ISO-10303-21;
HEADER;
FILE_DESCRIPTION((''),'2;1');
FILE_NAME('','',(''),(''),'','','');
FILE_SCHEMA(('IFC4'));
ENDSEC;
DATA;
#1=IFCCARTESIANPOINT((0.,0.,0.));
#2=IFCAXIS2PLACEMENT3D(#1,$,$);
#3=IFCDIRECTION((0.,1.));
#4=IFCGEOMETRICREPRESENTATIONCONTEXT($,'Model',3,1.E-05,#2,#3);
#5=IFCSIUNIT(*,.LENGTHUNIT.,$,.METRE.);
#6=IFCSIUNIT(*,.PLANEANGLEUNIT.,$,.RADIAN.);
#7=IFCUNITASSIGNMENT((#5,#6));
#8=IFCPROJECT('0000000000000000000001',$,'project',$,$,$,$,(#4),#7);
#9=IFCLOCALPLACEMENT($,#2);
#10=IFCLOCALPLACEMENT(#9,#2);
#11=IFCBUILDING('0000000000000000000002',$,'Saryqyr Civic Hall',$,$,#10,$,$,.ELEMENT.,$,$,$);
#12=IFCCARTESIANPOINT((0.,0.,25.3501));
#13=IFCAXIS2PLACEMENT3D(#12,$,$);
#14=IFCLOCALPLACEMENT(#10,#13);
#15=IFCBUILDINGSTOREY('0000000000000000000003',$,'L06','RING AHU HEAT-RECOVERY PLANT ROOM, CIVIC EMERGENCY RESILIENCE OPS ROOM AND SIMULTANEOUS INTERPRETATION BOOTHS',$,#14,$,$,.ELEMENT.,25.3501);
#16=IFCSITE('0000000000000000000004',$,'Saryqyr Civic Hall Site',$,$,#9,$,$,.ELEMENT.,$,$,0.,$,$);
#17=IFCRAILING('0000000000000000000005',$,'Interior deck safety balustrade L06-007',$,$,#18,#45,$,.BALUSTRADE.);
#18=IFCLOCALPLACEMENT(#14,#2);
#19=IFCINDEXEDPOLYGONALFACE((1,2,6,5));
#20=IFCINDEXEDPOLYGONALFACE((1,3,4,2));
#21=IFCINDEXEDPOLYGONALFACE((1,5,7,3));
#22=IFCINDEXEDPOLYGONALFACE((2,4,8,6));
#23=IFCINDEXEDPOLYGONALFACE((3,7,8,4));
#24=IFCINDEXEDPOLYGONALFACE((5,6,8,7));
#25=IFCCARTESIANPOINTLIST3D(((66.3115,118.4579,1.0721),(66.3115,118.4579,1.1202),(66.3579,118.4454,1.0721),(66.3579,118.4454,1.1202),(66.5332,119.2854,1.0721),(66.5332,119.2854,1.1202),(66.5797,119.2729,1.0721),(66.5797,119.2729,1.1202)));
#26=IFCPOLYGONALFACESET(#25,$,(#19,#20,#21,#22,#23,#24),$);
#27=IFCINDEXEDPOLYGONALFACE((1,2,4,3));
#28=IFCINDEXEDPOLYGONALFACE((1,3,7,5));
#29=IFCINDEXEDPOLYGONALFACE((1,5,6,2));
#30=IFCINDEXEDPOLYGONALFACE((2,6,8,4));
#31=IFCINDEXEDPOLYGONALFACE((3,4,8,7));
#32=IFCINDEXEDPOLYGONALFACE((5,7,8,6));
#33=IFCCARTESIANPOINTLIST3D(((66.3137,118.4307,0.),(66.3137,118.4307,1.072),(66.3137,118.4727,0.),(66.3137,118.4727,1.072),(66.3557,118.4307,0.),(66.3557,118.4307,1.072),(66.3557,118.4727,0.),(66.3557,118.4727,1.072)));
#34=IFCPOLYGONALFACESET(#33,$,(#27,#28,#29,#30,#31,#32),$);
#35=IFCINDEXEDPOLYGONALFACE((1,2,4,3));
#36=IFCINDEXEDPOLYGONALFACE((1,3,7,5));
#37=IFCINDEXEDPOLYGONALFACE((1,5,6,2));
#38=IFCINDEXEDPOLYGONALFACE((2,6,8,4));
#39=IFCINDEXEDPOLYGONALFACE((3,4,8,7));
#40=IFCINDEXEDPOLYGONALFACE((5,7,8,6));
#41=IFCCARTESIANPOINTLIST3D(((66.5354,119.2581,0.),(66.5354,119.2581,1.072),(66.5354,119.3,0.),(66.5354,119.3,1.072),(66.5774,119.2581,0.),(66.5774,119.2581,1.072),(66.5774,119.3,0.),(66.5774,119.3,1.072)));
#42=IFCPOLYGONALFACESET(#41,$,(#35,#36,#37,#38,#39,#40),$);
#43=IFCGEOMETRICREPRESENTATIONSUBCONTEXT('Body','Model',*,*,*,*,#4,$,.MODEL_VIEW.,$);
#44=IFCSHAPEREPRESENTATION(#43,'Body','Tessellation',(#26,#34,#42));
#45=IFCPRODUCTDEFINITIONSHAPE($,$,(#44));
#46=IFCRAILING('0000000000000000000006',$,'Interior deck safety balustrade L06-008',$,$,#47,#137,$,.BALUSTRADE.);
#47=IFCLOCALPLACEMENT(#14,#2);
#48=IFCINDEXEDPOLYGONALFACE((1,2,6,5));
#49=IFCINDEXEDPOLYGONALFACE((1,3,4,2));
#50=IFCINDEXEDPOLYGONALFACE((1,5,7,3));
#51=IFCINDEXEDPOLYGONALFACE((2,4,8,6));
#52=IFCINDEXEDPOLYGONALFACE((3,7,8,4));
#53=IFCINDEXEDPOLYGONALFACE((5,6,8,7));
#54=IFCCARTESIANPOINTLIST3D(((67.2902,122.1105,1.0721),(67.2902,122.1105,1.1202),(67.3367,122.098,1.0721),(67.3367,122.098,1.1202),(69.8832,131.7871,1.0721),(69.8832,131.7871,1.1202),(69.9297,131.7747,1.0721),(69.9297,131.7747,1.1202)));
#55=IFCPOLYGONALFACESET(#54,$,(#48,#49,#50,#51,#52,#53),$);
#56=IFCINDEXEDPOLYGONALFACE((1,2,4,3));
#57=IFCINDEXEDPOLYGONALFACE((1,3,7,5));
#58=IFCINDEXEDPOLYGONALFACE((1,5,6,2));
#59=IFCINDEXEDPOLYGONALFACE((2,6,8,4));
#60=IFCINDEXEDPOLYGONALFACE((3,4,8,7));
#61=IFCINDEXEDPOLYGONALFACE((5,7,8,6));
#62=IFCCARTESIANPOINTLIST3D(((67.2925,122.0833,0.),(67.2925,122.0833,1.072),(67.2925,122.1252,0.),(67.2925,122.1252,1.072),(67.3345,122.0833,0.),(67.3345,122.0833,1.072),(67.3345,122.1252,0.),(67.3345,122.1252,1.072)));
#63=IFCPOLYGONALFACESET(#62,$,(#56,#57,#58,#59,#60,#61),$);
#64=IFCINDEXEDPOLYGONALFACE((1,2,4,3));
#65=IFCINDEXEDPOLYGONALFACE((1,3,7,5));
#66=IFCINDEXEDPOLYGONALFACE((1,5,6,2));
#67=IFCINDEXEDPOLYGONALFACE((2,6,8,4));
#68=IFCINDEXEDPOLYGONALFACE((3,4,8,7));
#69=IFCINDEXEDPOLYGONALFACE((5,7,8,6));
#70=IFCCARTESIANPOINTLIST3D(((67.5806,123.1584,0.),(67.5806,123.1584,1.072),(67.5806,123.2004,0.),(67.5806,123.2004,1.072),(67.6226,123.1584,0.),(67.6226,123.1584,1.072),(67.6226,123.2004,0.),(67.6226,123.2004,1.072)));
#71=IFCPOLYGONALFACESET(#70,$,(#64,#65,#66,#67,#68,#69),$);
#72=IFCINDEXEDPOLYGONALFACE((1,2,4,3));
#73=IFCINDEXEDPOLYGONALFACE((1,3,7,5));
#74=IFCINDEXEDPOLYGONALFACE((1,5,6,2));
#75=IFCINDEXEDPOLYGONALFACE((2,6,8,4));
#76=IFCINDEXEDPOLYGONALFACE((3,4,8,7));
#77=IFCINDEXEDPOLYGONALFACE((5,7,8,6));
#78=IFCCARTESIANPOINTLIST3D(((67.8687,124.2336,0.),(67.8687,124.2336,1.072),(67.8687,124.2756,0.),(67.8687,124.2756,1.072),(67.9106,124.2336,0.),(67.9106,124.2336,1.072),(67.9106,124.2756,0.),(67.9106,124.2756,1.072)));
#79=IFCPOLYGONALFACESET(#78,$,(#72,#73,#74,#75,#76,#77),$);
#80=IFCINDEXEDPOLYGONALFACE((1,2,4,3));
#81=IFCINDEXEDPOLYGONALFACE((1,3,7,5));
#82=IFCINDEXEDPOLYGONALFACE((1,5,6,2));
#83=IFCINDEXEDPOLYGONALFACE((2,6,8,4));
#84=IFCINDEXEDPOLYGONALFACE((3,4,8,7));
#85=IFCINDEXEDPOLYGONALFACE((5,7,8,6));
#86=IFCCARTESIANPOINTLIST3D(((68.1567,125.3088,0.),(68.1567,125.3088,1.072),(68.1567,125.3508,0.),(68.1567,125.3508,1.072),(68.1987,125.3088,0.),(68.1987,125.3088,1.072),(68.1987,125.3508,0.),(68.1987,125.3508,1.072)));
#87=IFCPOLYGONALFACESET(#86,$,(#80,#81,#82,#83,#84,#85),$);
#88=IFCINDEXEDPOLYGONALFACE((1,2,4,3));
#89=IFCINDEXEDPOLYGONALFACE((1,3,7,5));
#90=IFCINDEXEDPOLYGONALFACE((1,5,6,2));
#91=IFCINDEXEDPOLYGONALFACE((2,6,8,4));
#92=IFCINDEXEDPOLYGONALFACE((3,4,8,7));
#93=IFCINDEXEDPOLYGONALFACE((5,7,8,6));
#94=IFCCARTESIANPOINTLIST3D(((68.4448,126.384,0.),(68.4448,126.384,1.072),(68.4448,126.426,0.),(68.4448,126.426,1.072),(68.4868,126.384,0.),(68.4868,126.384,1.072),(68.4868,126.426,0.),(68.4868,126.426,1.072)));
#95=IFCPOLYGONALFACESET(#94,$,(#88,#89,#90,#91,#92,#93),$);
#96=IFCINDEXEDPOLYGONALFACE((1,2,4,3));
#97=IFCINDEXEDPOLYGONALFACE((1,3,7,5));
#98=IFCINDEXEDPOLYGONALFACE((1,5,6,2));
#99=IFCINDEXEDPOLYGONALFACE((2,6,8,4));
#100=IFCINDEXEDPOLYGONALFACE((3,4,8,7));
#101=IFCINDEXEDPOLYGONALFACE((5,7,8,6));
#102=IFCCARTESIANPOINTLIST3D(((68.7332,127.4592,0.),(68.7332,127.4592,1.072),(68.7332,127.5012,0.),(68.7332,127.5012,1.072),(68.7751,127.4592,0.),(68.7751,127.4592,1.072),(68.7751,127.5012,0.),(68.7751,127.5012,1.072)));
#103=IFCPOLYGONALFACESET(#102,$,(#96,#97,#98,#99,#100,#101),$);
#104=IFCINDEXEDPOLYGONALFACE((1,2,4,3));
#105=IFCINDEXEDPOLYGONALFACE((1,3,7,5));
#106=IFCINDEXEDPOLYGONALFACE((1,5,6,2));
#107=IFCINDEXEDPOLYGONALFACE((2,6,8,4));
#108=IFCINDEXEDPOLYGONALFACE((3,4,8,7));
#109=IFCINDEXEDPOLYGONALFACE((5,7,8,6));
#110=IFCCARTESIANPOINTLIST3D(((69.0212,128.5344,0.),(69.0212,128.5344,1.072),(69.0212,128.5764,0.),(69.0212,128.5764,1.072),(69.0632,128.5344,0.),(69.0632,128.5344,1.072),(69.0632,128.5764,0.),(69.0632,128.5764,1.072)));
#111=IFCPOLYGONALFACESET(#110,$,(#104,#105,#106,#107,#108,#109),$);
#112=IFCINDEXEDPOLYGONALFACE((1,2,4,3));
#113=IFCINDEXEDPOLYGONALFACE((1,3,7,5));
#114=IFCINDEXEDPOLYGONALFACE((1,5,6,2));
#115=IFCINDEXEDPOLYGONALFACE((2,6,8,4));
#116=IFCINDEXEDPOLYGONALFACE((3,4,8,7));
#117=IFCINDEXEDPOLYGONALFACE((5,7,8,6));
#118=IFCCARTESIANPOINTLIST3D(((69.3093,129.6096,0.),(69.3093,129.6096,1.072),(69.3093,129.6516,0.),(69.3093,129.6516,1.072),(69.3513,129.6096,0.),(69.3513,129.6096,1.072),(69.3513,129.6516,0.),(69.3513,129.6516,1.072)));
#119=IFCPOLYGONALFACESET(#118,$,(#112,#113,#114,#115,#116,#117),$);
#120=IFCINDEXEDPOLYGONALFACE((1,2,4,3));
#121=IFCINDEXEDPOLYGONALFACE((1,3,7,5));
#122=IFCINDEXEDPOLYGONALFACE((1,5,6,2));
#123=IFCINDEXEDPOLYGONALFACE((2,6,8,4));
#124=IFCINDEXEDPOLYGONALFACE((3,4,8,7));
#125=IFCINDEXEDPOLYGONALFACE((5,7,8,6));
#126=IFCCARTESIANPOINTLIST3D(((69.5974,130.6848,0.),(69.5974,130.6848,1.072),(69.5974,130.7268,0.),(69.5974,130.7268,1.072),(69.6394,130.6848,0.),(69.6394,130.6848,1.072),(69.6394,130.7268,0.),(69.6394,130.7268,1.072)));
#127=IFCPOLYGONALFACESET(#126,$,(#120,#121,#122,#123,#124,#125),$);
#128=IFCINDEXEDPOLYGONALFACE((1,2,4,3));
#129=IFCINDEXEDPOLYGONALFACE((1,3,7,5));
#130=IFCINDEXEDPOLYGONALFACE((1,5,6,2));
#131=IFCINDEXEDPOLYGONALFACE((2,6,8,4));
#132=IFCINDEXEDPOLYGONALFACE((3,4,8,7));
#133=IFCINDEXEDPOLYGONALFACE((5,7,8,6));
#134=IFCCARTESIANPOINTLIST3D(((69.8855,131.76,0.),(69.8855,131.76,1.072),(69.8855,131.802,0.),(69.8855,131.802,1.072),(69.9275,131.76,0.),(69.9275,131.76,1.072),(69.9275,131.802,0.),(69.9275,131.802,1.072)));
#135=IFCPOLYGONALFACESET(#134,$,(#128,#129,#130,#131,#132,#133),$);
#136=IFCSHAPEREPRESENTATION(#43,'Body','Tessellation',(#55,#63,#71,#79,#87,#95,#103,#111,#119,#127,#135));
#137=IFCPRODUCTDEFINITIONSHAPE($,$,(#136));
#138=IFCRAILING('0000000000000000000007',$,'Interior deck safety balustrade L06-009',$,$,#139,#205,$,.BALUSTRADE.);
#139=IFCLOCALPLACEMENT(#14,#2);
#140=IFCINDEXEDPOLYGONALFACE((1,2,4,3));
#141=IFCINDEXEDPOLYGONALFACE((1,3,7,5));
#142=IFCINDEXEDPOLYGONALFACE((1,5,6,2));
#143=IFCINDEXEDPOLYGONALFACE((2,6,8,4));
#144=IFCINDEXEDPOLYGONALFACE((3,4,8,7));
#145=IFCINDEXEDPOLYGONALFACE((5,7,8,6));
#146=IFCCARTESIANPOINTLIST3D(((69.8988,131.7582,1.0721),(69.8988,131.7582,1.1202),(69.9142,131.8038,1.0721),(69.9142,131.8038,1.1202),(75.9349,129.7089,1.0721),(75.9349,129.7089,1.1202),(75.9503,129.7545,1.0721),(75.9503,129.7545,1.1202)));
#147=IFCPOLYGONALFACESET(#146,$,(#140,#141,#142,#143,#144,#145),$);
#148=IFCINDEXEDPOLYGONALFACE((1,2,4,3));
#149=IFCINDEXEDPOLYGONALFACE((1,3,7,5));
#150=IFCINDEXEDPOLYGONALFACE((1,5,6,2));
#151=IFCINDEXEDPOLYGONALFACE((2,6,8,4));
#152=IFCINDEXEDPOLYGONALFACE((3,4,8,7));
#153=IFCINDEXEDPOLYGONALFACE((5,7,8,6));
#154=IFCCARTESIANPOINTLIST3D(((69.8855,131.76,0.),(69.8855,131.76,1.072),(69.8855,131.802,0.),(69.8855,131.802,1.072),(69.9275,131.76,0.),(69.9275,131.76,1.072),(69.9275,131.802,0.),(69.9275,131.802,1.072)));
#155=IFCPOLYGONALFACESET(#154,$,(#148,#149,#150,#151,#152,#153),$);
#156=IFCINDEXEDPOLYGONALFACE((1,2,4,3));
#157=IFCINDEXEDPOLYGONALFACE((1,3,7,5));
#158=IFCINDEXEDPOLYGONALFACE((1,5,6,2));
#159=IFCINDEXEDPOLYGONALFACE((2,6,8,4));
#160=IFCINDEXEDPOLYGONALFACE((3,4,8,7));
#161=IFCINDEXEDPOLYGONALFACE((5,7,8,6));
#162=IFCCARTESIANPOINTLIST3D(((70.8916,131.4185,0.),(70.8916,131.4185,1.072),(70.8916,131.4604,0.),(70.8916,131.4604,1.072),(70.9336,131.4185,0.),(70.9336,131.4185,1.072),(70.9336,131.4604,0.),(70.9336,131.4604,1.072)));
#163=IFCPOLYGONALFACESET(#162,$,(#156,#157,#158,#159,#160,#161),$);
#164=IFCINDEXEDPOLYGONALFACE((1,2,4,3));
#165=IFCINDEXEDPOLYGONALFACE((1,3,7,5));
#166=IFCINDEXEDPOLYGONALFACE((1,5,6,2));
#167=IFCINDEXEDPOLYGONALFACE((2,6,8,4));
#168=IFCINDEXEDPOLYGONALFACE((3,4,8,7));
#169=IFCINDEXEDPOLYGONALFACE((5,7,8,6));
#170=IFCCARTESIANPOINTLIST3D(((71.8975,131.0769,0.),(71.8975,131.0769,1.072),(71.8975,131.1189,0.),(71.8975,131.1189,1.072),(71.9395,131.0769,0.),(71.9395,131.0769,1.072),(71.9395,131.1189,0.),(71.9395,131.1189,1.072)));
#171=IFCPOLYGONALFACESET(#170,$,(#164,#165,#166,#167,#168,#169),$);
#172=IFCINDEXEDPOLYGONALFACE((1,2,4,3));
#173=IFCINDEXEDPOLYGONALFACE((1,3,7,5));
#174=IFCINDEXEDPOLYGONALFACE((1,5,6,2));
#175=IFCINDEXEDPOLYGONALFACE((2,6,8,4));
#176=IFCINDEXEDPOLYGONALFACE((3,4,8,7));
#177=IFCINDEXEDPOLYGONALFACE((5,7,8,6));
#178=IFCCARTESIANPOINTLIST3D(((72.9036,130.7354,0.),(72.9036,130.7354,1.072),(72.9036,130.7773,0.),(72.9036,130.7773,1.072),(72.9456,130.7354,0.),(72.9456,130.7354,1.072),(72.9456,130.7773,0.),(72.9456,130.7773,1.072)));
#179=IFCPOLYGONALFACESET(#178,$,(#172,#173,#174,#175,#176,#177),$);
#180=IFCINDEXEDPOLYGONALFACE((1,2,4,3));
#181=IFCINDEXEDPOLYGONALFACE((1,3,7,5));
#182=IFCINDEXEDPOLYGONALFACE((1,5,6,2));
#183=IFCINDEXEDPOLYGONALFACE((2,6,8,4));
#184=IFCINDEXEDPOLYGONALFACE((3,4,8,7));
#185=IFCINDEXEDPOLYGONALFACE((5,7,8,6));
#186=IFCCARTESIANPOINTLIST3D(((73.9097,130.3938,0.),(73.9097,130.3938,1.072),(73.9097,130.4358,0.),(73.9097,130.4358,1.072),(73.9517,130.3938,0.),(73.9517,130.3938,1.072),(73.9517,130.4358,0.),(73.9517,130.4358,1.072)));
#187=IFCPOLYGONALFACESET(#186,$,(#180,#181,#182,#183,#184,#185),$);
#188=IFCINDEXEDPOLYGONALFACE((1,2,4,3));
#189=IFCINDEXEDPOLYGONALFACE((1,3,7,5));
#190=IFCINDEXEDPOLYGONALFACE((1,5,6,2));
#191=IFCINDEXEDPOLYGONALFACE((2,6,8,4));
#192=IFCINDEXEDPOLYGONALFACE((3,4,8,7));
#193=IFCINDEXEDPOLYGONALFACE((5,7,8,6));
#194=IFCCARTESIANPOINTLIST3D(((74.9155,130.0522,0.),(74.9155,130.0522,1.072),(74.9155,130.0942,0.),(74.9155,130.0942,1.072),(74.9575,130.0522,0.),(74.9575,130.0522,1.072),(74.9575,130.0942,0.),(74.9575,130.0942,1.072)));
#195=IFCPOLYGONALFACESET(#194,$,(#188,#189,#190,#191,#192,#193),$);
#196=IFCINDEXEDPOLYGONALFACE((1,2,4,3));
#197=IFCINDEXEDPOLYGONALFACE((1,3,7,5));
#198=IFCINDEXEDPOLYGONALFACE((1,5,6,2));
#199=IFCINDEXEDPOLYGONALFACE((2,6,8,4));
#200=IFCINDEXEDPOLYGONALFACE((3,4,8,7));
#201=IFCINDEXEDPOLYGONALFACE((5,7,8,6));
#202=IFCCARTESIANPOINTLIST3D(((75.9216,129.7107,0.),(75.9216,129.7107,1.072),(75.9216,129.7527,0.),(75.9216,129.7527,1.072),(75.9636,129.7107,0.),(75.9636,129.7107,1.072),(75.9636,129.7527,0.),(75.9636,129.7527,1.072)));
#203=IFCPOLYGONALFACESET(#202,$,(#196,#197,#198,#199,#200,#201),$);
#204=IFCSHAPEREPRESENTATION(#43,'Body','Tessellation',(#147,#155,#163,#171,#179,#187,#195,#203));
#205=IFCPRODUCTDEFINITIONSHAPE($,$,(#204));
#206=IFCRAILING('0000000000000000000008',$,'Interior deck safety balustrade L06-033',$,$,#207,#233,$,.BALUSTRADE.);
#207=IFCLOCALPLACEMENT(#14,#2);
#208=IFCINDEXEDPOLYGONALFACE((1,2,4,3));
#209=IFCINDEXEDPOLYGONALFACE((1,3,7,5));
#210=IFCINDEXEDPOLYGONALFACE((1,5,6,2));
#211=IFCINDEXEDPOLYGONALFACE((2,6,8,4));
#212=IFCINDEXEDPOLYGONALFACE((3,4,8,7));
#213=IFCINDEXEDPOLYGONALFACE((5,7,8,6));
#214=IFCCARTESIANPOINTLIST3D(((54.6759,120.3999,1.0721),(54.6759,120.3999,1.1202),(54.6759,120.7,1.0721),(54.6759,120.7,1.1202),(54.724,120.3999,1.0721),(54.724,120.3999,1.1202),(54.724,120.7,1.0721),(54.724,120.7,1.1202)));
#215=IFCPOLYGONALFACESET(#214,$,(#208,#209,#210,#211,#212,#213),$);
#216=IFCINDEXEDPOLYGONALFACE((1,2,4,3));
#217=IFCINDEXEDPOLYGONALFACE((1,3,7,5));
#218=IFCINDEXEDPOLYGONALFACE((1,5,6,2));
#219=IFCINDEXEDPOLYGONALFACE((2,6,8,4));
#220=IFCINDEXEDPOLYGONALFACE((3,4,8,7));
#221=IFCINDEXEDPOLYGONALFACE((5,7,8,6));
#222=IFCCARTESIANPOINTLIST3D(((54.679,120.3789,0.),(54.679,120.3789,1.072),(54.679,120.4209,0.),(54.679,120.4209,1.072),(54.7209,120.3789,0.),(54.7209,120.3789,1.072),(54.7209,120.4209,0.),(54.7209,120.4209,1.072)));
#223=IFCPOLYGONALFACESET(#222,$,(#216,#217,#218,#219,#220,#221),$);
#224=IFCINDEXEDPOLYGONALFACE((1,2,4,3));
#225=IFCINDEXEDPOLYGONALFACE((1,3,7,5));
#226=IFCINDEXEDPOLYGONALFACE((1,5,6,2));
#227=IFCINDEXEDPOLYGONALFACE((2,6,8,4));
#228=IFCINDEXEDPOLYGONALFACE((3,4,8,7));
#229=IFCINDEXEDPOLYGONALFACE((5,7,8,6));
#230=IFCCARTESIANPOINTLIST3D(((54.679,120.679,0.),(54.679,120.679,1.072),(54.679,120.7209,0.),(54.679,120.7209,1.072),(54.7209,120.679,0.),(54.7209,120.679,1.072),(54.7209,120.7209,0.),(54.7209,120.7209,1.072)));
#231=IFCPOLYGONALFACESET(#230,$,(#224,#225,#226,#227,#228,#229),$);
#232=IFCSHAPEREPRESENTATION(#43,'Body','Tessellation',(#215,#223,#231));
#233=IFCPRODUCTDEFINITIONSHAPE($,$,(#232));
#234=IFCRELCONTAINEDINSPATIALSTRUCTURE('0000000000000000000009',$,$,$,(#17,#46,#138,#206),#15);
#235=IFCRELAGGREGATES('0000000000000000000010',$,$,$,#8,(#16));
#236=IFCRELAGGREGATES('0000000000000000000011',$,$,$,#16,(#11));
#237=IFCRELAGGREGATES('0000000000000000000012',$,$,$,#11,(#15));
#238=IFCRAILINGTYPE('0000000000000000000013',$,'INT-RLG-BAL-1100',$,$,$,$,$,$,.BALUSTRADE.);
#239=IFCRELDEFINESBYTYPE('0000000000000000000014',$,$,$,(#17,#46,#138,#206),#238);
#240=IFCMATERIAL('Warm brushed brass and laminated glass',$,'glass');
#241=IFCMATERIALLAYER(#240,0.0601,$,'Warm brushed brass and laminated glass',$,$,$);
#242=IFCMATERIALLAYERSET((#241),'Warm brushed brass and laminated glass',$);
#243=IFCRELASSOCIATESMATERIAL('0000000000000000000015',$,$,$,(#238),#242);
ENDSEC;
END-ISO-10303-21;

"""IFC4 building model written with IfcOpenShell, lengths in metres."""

from ifc_helpers import new_model, si_unit, direction, frame, origin, origin_2d, place, context, subcontext, project, spatial, rectangle, extrude, material, layer, layer_set, type_object, element, save


model = new_model("IFC4")

# Units and contexts
model_context = context("Model", 3, precision=1e-05, world=origin(), true_north=direction((0.0, 1.0)))
body_context = subcontext(model_context, "Body", "Model", "MODEL_VIEW")
ifc_project = project(units=[si_unit("LENGTHUNIT", "METRE"), si_unit("PLANEANGLEUNIT", "RADIAN")], contexts=[model_context])

# Site, building, storey
site_placement = place(None, origin())
site = spatial("IfcSite", under=ifc_project, at=site_placement, Name="Saryqyr Civic Hall Site", CompositionType="ELEMENT", RefElevation=0.0)
building_placement = place(site_placement, origin())
building = spatial("IfcBuilding", under=site, at=building_placement, Name="Saryqyr Civic Hall", CompositionType="ELEMENT")
storey_placement = place(building_placement, frame((0.0, 0.0, 25.3501)))
storey = spatial("IfcBuildingStorey", under=building, at=storey_placement, Name="L06", Description="RING AHU HEAT-RECOVERY PLANT ROOM, CIVIC EMERGENCY RESILIENCE OPS ROOM AND SIMULTANEOUS INTERPRETATION BOOTHS", CompositionType="ELEMENT", Elevation=25.3501)

# Railings
ifc_material_1 = material(Name="Warm brushed brass and laminated glass", Category="glass")
ifc_layer_1 = layer(ifc_material_1, 0.0601, Name="Warm brushed brass and laminated glass")
ifc_layer_set_1 = layer_set([ifc_layer_1], Name="Warm brushed brass and laminated glass")
railing_type = type_object("IfcRailingType", Name="INT-RLG-BAL-1100", PredefinedType="BALUSTRADE", material=ifc_layer_set_1)
railing_1_placement = place(storey_placement, frame((66.3347, 118.4517, 0.0)))
element("IfcRailing", 1, at=railing_1_placement, inside=storey, type_object=railing_type, Name="Interior deck safety balustrade L06-007", PredefinedType="BALUSTRADE", context=body_context, shape_type="SweptSolid", body=[
    extrude(rectangle(XDim=0.0481, YDim=0.0481, at=origin_2d()), frame((0.0, 0.0, 1.0962), z_axis=(0.258798, 0.965932, 0.0), x_axis=(-0.965932, 0.258798, 0.0)), (0.0, 0.0, 1.0), 0.8567),
    extrude(rectangle(XDim=0.042, YDim=0.042, at=origin_2d()), origin(), (0.0, 0.0, 1.0), 1.072),
    extrude(rectangle(XDim=0.042, YDim=0.042, at=origin_2d()), frame((0.2217, 0.8274, 0.0)), (0.0, 0.0, 1.0), 1.072),
])
railing_2_placement = place(storey_placement, frame((67.3135, 122.1042, 0.0)))
element("IfcRailing", 2, at=railing_2_placement, inside=storey, type_object=railing_type, Name="Interior deck safety balustrade L06-008", PredefinedType="BALUSTRADE", context=body_context, shape_type="SweptSolid", body=[
    extrude(rectangle(XDim=0.0481, YDim=0.0481, at=origin_2d()), frame((0.0, 0.0, 1.0962), z_axis=(0.258832, 0.965922, 0.0), x_axis=(-0.965922, 0.258832, 0.0)), (0.0, 0.0, 1.0), 10.0181),
    extrude(rectangle(XDim=0.042, YDim=0.042, at=origin_2d()), origin(), (0.0, 0.0, 1.0), 1.072),
    extrude(rectangle(XDim=0.042, YDim=0.042, at=origin_2d()), frame((0.2881, 1.0752, 0.0)), (0.0, 0.0, 1.0), 1.072),
    extrude(rectangle(XDim=0.042, YDim=0.042, at=origin_2d()), frame((0.5762, 2.1504, 0.0)), (0.0, 0.0, 1.0), 1.072),
    extrude(rectangle(XDim=0.042, YDim=0.042, at=origin_2d()), frame((0.8643, 3.2256, 0.0)), (0.0, 0.0, 1.0), 1.072),
    extrude(rectangle(XDim=0.042, YDim=0.042, at=origin_2d()), frame((1.1523, 4.3008, 0.0)), (0.0, 0.0, 1.0), 1.072),
    extrude(rectangle(XDim=0.042, YDim=0.042, at=origin_2d()), frame((1.4407, 5.376, 0.0)), (0.0, 0.0, 1.0), 1.072),
    extrude(rectangle(XDim=0.042, YDim=0.042, at=origin_2d()), frame((1.7288, 6.4512, 0.0)), (0.0, 0.0, 1.0), 1.072),
    extrude(rectangle(XDim=0.042, YDim=0.042, at=origin_2d()), frame((2.0168, 7.5264, 0.0)), (0.0, 0.0, 1.0), 1.072),
    extrude(rectangle(XDim=0.042, YDim=0.042, at=origin_2d()), frame((2.3049, 8.6016, 0.0)), (0.0, 0.0, 1.0), 1.072),
    extrude(rectangle(XDim=0.042, YDim=0.042, at=origin_2d()), frame((2.593, 9.6768, 0.0)), (0.0, 0.0, 1.0), 1.072),
])
railing_3_placement = place(storey_placement, frame((69.9065, 131.781, 0.0)))
element("IfcRailing", 3, at=railing_3_placement, inside=storey, type_object=railing_type, Name="Interior deck safety balustrade L06-009", PredefinedType="BALUSTRADE", context=body_context, shape_type="SweptSolid", body=[
    extrude(rectangle(XDim=0.0481, YDim=0.0481, at=origin_2d()), frame((0.0, 0.0, 1.0962), z_axis=(0.946915, -0.321485, 0.0), x_axis=(0.321485, 0.946915, 0.0)), (0.0, 0.0, 1.0), 6.3745),
    extrude(rectangle(XDim=0.042, YDim=0.042, at=origin_2d()), origin(), (0.0, 0.0, 1.0), 1.072),
    extrude(rectangle(XDim=0.042, YDim=0.042, at=origin_2d()), frame((1.0061, -0.3416, 0.0)), (0.0, 0.0, 1.0), 1.072),
    extrude(rectangle(XDim=0.042, YDim=0.042, at=origin_2d()), frame((2.012, -0.6831, 0.0)), (0.0, 0.0, 1.0), 1.072),
    extrude(rectangle(XDim=0.042, YDim=0.042, at=origin_2d()), frame((3.0181, -1.0247, 0.0)), (0.0, 0.0, 1.0), 1.072),
    extrude(rectangle(XDim=0.042, YDim=0.042, at=origin_2d()), frame((4.0242, -1.3662, 0.0)), (0.0, 0.0, 1.0), 1.072),
    extrude(rectangle(XDim=0.042, YDim=0.042, at=origin_2d()), frame((5.03, -1.7078, 0.0)), (0.0, 0.0, 1.0), 1.072),
    extrude(rectangle(XDim=0.042, YDim=0.042, at=origin_2d()), frame((6.0361, -2.0493, 0.0)), (0.0, 0.0, 1.0), 1.072),
])
railing_4_placement = place(storey_placement, frame((54.7, 120.3999, 0.0)))
element("IfcRailing", 4, at=railing_4_placement, inside=storey, type_object=railing_type, Name="Interior deck safety balustrade L06-033", PredefinedType="BALUSTRADE", context=body_context, shape_type="SweptSolid", body=[
    extrude(rectangle(XDim=0.0481, YDim=0.0481, at=origin_2d()), frame((0.0, 0.0, 1.0962), z_axis=(0.0, 1.0, 0.0), x_axis=(-1.0, 0.0, 0.0)), (0.0, 0.0, 1.0), 0.3),
    extrude(rectangle(XDim=0.042, YDim=0.042, at=origin_2d()), origin(), (0.0, 0.0, 1.0), 1.072),
    extrude(rectangle(XDim=0.042, YDim=0.042, at=origin_2d()), frame((0.0, 0.3, 0.0)), (0.0, 0.0, 1.0), 1.072),
])

save(model, "model.ifc")
